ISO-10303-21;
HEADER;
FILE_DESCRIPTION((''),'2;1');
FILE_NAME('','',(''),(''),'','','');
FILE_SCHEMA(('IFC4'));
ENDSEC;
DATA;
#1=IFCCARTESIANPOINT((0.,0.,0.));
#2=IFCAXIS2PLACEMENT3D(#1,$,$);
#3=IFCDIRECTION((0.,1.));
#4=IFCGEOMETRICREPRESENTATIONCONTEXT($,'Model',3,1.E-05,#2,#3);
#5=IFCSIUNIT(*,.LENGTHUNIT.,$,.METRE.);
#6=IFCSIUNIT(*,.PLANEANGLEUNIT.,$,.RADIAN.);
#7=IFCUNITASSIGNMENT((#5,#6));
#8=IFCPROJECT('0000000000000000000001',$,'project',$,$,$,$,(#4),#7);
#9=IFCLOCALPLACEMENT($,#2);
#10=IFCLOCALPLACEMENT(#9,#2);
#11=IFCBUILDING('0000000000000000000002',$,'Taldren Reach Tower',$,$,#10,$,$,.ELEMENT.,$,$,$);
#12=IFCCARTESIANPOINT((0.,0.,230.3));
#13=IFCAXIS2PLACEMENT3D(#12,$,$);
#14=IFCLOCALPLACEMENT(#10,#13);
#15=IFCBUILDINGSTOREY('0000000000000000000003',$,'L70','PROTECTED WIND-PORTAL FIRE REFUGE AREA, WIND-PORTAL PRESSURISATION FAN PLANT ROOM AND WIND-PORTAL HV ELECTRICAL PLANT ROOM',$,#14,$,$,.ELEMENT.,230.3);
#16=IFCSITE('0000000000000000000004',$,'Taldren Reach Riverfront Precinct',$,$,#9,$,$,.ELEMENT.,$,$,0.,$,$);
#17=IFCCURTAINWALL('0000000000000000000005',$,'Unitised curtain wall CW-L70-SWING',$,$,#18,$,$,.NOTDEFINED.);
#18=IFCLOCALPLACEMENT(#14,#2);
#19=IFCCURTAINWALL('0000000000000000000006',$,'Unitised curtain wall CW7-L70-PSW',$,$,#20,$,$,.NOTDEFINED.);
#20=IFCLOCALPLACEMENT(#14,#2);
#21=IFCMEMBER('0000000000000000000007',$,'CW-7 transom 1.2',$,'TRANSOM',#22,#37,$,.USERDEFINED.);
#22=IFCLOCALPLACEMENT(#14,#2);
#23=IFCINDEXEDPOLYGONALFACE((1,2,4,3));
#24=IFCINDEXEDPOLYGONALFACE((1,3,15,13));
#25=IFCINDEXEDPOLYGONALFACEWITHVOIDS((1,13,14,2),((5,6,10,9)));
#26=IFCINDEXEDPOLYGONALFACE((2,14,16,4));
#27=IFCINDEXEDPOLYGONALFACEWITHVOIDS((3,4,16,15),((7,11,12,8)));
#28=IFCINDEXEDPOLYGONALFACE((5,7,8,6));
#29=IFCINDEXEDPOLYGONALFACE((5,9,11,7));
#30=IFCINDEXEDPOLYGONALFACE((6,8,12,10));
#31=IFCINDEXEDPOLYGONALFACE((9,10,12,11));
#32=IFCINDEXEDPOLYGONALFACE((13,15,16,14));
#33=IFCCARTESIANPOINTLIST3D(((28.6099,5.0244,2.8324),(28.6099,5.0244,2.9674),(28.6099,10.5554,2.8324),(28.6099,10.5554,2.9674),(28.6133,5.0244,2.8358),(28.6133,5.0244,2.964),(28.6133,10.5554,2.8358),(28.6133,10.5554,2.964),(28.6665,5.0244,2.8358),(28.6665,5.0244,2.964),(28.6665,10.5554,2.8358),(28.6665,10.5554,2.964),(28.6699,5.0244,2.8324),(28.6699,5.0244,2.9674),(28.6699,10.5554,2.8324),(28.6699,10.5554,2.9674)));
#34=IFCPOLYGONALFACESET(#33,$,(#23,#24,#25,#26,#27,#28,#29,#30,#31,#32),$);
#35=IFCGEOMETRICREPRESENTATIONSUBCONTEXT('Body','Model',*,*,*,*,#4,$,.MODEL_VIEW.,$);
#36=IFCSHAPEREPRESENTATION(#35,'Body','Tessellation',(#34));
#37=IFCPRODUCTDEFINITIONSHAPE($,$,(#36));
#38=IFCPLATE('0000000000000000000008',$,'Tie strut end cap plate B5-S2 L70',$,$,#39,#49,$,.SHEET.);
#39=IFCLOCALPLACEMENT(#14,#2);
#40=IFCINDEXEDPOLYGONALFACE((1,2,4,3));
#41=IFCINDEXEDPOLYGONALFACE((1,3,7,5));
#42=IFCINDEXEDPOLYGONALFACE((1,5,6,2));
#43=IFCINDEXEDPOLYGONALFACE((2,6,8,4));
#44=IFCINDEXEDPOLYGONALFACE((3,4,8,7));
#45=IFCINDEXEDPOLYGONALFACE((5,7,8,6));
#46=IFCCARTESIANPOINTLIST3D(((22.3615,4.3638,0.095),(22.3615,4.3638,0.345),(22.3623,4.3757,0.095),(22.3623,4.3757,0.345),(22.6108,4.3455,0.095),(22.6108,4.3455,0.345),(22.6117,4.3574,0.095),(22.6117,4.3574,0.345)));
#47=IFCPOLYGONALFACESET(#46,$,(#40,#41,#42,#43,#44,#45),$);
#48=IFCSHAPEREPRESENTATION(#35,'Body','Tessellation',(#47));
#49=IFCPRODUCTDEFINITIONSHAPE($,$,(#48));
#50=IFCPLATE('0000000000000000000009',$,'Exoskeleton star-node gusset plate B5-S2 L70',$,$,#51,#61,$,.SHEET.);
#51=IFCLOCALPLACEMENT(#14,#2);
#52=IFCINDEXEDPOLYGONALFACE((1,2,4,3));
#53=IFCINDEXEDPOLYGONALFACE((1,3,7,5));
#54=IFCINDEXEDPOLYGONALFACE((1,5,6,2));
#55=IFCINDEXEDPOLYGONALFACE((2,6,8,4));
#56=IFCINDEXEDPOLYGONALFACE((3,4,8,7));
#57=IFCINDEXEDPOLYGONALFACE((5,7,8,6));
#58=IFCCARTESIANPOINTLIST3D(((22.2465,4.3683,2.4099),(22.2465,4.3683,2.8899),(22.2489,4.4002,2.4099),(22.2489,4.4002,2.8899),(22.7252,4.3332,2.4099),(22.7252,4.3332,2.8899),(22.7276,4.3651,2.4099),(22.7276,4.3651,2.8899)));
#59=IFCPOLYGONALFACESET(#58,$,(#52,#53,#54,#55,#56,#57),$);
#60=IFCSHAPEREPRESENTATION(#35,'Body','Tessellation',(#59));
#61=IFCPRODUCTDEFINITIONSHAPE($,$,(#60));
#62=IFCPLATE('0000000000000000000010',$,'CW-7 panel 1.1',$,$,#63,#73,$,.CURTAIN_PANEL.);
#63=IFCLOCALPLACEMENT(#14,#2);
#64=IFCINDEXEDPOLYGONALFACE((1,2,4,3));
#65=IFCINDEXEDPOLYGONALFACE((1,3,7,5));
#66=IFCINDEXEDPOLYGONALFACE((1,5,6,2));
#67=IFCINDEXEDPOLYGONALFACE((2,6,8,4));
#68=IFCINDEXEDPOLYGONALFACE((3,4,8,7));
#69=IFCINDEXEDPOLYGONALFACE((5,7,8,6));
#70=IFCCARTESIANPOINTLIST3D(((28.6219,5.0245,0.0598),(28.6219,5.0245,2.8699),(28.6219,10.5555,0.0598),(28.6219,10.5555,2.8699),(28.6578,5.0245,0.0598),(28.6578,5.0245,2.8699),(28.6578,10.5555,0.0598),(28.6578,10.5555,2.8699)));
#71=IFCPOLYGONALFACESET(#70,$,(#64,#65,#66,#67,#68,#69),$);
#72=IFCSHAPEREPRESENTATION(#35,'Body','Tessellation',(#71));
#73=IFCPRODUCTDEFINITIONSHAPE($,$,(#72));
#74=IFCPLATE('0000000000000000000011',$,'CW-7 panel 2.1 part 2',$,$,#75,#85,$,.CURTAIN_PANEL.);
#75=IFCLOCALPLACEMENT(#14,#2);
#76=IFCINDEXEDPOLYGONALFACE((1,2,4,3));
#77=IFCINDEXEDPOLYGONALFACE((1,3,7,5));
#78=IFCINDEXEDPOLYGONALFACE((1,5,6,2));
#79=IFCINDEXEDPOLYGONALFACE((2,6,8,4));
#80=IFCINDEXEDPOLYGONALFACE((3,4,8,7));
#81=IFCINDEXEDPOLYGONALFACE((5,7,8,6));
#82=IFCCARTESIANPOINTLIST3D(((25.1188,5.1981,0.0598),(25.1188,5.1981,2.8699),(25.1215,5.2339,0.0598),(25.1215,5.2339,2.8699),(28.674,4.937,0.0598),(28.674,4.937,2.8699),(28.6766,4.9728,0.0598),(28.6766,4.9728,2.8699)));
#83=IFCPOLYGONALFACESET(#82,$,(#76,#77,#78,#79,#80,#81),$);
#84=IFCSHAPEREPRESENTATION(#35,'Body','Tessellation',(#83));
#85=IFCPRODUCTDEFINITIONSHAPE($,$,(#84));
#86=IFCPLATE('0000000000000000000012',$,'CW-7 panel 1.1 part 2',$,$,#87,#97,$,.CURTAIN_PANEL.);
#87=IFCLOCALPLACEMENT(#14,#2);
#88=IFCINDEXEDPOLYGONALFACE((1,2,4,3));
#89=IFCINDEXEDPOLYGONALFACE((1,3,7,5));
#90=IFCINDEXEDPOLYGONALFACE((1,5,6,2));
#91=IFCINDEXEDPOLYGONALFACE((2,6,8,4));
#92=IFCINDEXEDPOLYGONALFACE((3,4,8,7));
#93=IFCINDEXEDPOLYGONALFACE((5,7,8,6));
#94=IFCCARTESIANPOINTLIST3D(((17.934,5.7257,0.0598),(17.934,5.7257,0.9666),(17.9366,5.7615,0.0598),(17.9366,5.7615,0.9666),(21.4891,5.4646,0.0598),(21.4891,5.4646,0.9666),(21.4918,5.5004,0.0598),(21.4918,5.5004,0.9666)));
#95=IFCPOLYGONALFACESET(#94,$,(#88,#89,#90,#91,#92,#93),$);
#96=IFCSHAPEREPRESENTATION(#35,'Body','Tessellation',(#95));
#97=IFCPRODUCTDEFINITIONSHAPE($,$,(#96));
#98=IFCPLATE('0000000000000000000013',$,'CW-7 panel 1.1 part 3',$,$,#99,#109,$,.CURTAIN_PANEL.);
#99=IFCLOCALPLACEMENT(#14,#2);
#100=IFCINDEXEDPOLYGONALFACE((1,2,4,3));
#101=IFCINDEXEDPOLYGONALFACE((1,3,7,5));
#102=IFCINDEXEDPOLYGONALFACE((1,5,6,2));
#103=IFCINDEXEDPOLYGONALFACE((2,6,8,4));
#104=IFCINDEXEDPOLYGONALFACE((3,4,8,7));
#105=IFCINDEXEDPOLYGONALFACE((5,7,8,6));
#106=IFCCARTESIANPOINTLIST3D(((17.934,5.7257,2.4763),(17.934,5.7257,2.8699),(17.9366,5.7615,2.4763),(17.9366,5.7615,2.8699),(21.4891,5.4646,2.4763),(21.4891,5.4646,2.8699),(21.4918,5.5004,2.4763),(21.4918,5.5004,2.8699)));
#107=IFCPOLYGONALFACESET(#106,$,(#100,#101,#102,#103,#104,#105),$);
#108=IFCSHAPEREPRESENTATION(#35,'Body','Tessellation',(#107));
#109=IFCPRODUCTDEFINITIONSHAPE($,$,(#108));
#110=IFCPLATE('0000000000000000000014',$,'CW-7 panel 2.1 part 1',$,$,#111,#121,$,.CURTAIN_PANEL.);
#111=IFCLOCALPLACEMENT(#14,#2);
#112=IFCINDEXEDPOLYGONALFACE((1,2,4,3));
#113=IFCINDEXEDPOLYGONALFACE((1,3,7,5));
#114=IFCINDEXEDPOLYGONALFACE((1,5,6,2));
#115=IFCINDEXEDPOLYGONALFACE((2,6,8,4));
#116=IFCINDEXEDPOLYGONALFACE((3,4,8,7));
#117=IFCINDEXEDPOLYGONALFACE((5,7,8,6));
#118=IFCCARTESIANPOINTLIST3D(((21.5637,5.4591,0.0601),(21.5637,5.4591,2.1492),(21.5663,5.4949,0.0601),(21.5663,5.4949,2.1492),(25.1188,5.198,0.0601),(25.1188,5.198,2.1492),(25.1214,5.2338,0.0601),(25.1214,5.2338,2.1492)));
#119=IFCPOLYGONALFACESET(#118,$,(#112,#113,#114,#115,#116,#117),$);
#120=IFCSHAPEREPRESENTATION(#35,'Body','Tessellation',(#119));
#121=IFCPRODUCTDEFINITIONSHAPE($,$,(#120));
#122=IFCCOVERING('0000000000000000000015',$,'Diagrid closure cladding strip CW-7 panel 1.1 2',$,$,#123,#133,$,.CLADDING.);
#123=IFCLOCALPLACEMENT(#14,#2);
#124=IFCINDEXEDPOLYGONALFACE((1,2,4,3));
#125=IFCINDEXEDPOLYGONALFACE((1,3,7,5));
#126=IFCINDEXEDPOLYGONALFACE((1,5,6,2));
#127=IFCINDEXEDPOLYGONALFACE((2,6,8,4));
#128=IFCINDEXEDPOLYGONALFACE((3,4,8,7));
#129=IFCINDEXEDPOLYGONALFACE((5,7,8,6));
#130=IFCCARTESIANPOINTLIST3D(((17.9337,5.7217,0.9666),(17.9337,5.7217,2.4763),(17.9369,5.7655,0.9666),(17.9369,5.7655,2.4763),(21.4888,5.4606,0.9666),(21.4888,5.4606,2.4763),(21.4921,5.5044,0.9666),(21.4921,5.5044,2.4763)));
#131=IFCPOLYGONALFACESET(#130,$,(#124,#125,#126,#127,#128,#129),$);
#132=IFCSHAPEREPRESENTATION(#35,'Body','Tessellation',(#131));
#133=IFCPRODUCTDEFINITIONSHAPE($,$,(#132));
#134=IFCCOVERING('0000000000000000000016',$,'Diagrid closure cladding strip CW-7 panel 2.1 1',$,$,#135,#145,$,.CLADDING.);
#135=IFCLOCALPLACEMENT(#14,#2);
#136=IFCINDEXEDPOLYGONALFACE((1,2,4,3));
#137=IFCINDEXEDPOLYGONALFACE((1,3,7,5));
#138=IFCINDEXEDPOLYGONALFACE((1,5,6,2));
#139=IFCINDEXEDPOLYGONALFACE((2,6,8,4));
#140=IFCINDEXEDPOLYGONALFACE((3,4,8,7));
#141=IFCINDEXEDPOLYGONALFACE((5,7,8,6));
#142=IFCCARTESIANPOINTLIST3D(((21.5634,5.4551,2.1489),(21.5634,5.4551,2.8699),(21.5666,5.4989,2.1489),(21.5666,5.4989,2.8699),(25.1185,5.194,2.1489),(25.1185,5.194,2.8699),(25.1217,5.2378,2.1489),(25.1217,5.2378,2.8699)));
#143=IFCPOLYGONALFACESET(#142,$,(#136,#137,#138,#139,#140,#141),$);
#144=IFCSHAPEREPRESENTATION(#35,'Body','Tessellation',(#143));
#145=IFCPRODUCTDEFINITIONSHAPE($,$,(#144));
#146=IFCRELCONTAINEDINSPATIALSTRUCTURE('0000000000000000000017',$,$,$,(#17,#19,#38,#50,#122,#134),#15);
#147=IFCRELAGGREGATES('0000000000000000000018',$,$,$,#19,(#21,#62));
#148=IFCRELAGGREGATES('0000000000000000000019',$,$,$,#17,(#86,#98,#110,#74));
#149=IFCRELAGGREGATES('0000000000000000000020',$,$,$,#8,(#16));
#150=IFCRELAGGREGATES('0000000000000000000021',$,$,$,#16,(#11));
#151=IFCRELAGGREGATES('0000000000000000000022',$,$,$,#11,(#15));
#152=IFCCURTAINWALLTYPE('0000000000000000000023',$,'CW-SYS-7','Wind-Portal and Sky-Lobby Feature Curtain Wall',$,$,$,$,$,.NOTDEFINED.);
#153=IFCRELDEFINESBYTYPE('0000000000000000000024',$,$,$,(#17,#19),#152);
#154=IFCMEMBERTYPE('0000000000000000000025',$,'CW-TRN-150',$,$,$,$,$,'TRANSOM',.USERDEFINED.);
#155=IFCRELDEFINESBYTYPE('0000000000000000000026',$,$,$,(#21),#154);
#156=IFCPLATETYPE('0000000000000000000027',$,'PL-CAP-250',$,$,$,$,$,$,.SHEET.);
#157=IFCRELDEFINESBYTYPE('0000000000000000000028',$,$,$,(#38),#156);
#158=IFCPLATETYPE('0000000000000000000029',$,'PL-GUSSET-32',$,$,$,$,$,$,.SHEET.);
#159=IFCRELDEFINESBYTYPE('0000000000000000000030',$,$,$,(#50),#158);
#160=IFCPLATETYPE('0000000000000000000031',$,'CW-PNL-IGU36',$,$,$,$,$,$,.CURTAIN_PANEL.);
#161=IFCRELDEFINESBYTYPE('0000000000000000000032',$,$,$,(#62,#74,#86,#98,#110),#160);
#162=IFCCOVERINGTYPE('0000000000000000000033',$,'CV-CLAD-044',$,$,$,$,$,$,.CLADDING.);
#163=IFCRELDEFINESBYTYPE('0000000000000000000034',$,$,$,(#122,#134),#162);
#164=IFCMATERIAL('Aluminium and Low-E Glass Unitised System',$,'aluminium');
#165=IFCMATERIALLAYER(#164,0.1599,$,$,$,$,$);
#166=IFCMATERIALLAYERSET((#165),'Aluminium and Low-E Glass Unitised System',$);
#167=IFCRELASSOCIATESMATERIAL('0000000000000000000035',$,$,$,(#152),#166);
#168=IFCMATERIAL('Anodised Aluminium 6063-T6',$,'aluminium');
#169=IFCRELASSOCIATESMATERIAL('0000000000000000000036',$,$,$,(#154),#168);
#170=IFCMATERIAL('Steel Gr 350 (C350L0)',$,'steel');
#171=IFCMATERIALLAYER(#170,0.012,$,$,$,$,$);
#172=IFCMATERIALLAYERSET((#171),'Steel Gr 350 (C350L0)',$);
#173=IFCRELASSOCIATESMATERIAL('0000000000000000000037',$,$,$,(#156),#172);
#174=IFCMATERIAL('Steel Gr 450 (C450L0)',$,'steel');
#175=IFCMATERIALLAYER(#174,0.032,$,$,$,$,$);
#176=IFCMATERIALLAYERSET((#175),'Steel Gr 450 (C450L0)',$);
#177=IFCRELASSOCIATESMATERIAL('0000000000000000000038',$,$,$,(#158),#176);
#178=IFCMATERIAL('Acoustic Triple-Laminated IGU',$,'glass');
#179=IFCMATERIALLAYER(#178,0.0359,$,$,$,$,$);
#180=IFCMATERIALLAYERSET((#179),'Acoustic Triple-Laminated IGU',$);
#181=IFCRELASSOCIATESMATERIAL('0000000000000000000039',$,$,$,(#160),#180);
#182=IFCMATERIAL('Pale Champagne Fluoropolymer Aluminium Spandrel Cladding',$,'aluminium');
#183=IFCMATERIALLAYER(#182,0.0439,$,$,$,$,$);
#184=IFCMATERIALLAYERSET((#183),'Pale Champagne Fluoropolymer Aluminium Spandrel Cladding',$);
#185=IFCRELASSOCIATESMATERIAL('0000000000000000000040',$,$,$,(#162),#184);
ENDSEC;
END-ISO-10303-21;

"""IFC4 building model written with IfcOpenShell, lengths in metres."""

from ifc_helpers import new_model, si_unit, direction, frame, origin, origin_2d, place, context, subcontext, project, spatial, rectangle, hollow_rectangle, extrude, source, transform, mapped, material, layer, layer_set, material_profile, profile_set, type_object, element, aggregate, save


model = new_model("IFC4")

# Units and contexts
model_context = context("Model", 3, precision=1e-05, world=origin(), true_north=direction((0.0, 1.0)))
body_context = subcontext(model_context, "Body", "Model", "MODEL_VIEW")
ifc_project = project(units=[si_unit("LENGTHUNIT", "METRE"), si_unit("PLANEANGLEUNIT", "RADIAN")], contexts=[model_context])

# Site, building, storey
site_placement = place(None, origin())
site = spatial("IfcSite", under=ifc_project, at=site_placement, Name="Taldren Reach Riverfront Precinct", CompositionType="ELEMENT", RefElevation=0.0)
building_placement = place(site_placement, origin())
building = spatial("IfcBuilding", under=site, at=building_placement, Name="Taldren Reach Tower", CompositionType="ELEMENT")
storey_placement = place(building_placement, frame((0.0, 0.0, 230.3)))
storey = spatial("IfcBuildingStorey", under=building, at=storey_placement, Name="L70", Description="PROTECTED WIND-PORTAL FIRE REFUGE AREA, WIND-PORTAL PRESSURISATION FAN PLANT ROOM AND WIND-PORTAL HV ELECTRICAL PLANT ROOM", CompositionType="ELEMENT", Elevation=230.3)

# Shared definitions
ifc_material_1 = material(Name="Steel Gr 350 (C350L0)", Category="steel")

# Shared definitions
ifc_material_2 = material(Name="Steel Gr 450 (C450L0)", Category="steel")

# Curtain wall
ifc_material_3 = material(Name="Aluminium and Low-E Glass Unitised System", Category="aluminium")
ifc_layer_1 = layer(ifc_material_3, 0.1599)
ifc_layer_set_1 = layer_set([ifc_layer_1], Name="Aluminium and Low-E Glass Unitised System")
curtain_wall_type = type_object("IfcCurtainWallType", Name="CW-SYS-7", Description="Wind-Portal and Sky-Lobby Feature Curtain Wall", PredefinedType="NOTDEFINED", material=ifc_layer_set_1)
curtain_wall_1_placement = place(storey_placement, origin())
curtain_wall_1 = element("IfcCurtainWall", 1, at=curtain_wall_1_placement, inside=storey, type_object=curtain_wall_type, Name="Unitised curtain wall CW-L70-SWING", PredefinedType="NOTDEFINED")
ifc_material_4 = material(Name="Anodised Aluminium 6063-T6", Category="aluminium")

# Curtain wall
curtain_wall_2_placement = place(storey_placement, origin())
curtain_wall_2 = element("IfcCurtainWall", 2, at=curtain_wall_2_placement, inside=storey, type_object=curtain_wall_type, Name="Unitised curtain wall CW7-L70-PSW", PredefinedType="NOTDEFINED")

# Member
ifc_material_profile_1 = material_profile(ifc_material_4, hollow_rectangle(XDim=0.0601, YDim=0.135, WallThickness=0.0034, at=origin_2d()), Name="ALU-135x60x3.5RHS")
ifc_profile_set_1 = profile_set([ifc_material_profile_1], Name="Anodised Aluminium 6063-T6")
member_type_1 = type_object("IfcMemberType", Name="CW-TRN-150", ElementType="TRANSOM", PredefinedType="USERDEFINED", material=ifc_profile_set_1)
shared_shape_1 = source(origin(), body_context, "Body", "SweptSolid", [
    extrude(hollow_rectangle(XDim=0.0601, YDim=0.135, WallThickness=0.0034, at=origin_2d()), origin(), (0.0, 0.0, 1.0), 5.531),
])
member_1_placement = place(storey_placement, frame((28.6399, 5.0244, 2.8999), z_axis=(0.0, 1.0, 0.0), x_axis=(-1.0, 0.0, 0.0)))
member_1 = element("IfcMember", 3, at=member_1_placement, type_object=member_type_1, Name="CW-7 transom 1.2", ObjectType="TRANSOM", PredefinedType="USERDEFINED", context=body_context, shape_type="MappedRepresentation", body=[
    mapped(shared_shape_1, transform((0.0, 0.0, 0.0), scale=1.0)),
])

# Plates
ifc_layer_2 = layer(ifc_material_1, 0.012)
ifc_layer_set_2 = layer_set([ifc_layer_2], Name="Steel Gr 350 (C350L0)")
plate_type_1 = type_object("IfcPlateType", Name="PL-CAP-250", PredefinedType="SHEET", material=ifc_layer_set_2)
shared_shape_2 = source(origin(), body_context, "Body", "SweptSolid", [
    extrude(rectangle(XDim=0.25, YDim=0.012, at=origin_2d()), origin(), (0.0, 0.0, 1.0), 0.25),
])
plate_1_placement = place(storey_placement, frame((22.4866, 4.3606, 0.095), z_axis=(0.0, 0.0, 1.0), x_axis=(0.997314, -0.073238, 0.0)))
element("IfcPlate", 4, at=plate_1_placement, inside=storey, type_object=plate_type_1, Name="Tie strut end cap plate B5-S2 L70", PredefinedType="SHEET", context=body_context, shape_type="MappedRepresentation", body=[
    mapped(shared_shape_2, transform((0.0, 0.0, 0.0), scale=1.0)),
])
ifc_layer_3 = layer(ifc_material_2, 0.032)
ifc_layer_set_3 = layer_set([ifc_layer_3], Name="Steel Gr 450 (C450L0)")
plate_type_2 = type_object("IfcPlateType", Name="PL-GUSSET-32", PredefinedType="SHEET", material=ifc_layer_set_3)
shared_shape_3 = source(origin(), body_context, "Body", "SweptSolid", [
    extrude(rectangle(XDim=0.48, YDim=0.032, at=origin_2d()), origin(), (0.0, 0.0, 1.0), 0.48),
])
plate_2_placement = place(storey_placement, frame((22.4871, 4.3667, 2.4099), z_axis=(0.0, 0.0, 1.0), x_axis=(0.997314, -0.073238, 0.0)))
element("IfcPlate", 5, at=plate_2_placement, inside=storey, type_object=plate_type_2, Name="Exoskeleton star-node gusset plate B5-S2 L70", PredefinedType="SHEET", context=body_context, shape_type="MappedRepresentation", body=[
    mapped(shared_shape_3, transform((0.0, 0.0, 0.0), scale=1.0)),
])

# Plates
ifc_material_5 = material(Name="Acoustic Triple-Laminated IGU", Category="glass")
ifc_layer_4 = layer(ifc_material_5, 0.0359)
ifc_layer_set_4 = layer_set([ifc_layer_4], Name="Acoustic Triple-Laminated IGU")
plate_type_3 = type_object("IfcPlateType", Name="CW-PNL-IGU36", PredefinedType="CURTAIN_PANEL", material=ifc_layer_set_4)
shared_shape_4 = source(origin(), body_context, "Body", "SweptSolid", [
    extrude(rectangle(XDim=5.531, YDim=0.0359, at=origin_2d()), origin(), (0.0, 0.0, 1.0), 2.8101),
])
plate_3_placement = place(storey_placement, frame((28.6399, 7.79, 0.0598), z_axis=(0.0, 0.0, 1.0), x_axis=(0.0, 1.0, 0.0)))
plate_3 = element("IfcPlate", 6, at=plate_3_placement, type_object=plate_type_3, Name="CW-7 panel 1.1", PredefinedType="CURTAIN_PANEL", context=body_context, shape_type="MappedRepresentation", body=[
    mapped(shared_shape_4, transform((0.0, 0.0, 0.0), scale=1.0)),
])
aggregate(curtain_wall_2, [member_1, plate_3])
shared_shape_5 = source(origin(), body_context, "Body", "SweptSolid", [
    extrude(rectangle(XDim=3.5647, YDim=0.0359, at=origin_2d()), origin(), (0.0, 0.0, 1.0), 2.8101),
])
plate_4_placement = place(storey_placement, frame((26.8977, 5.0854, 0.0598), z_axis=(0.0, 0.0, 1.0), x_axis=(0.997314, -0.073238, 0.0)))
plate_4 = element("IfcPlate", 7, at=plate_4_placement, type_object=plate_type_3, Name="CW-7 panel 2.1 part 2", PredefinedType="CURTAIN_PANEL", context=body_context, shape_type="MappedRepresentation", body=[
    mapped(shared_shape_5, transform((0.0, 0.0, 0.0), scale=1.0)),
])
shared_shape_6 = source(origin(), body_context, "Body", "SweptSolid", [
    extrude(rectangle(XDim=3.5647, YDim=0.0359, at=origin_2d()), origin(), (0.0, 0.0, 1.0), 0.9067),
])
plate_5_placement = place(storey_placement, frame((19.7129, 5.613, 0.0598), z_axis=(0.0, 0.0, 1.0), x_axis=(0.997314, -0.073238, 0.0)))
plate_5 = element("IfcPlate", 8, at=plate_5_placement, type_object=plate_type_3, Name="CW-7 panel 1.1 part 2", PredefinedType="CURTAIN_PANEL", context=body_context, shape_type="MappedRepresentation", body=[
    mapped(shared_shape_6, transform((0.0, 0.0, 0.0), scale=1.0)),
])
shared_shape_7 = source(origin(), body_context, "Body", "SweptSolid", [
    extrude(rectangle(XDim=3.5647, YDim=0.0359, at=origin_2d()), origin(), (0.0, 0.0, 1.0), 0.3936),
])
plate_6_placement = place(storey_placement, frame((19.7129, 5.613, 2.4763), z_axis=(0.0, 0.0, 1.0), x_axis=(0.997314, -0.073238, 0.0)))
plate_6 = element("IfcPlate", 9, at=plate_6_placement, type_object=plate_type_3, Name="CW-7 panel 1.1 part 3", PredefinedType="CURTAIN_PANEL", context=body_context, shape_type="MappedRepresentation", body=[
    mapped(shared_shape_7, transform((0.0, 0.0, 0.0), scale=1.0)),
])
shared_shape_8 = source(origin(), body_context, "Body", "SweptSolid", [
    extrude(rectangle(XDim=3.5647, YDim=0.0359, at=origin_2d()), origin(), (0.0, 0.0, 1.0), 2.0891),
])
plate_7_placement = place(storey_placement, frame((23.3425, 5.3464, 0.0601), z_axis=(0.0, 0.0, 1.0), x_axis=(0.997314, -0.073238, 0.0)))
plate_7 = element("IfcPlate", 10, at=plate_7_placement, type_object=plate_type_3, Name="CW-7 panel 2.1 part 1", PredefinedType="CURTAIN_PANEL", context=body_context, shape_type="MappedRepresentation", body=[
    mapped(shared_shape_8, transform((0.0, 0.0, 0.0), scale=1.0)),
])
aggregate(curtain_wall_1, [plate_5, plate_6, plate_7, plate_4])

# Coverings
ifc_material_6 = material(Name="Pale Champagne Fluoropolymer Aluminium Spandrel Cladding", Category="aluminium")
ifc_layer_5 = layer(ifc_material_6, 0.0439)
ifc_layer_set_5 = layer_set([ifc_layer_5], Name="Pale Champagne Fluoropolymer Aluminium Spandrel Cladding")
covering_type = type_object("IfcCoveringType", Name="CV-CLAD-044", PredefinedType="CLADDING", material=ifc_layer_set_5)
shared_shape_9 = source(origin(), body_context, "Body", "SweptSolid", [
    extrude(rectangle(XDim=3.5647, YDim=0.0439, at=origin_2d()), origin(), (0.0, 0.0, 1.0), 1.5098),
])
covering_1_placement = place(storey_placement, frame((19.7129, 5.613, 0.9666), z_axis=(0.0, 0.0, 1.0), x_axis=(0.997314, -0.073238, 0.0)))
element("IfcCovering", 11, at=covering_1_placement, inside=storey, type_object=covering_type, Name="Diagrid closure cladding strip CW-7 panel 1.1 2", PredefinedType="CLADDING", context=body_context, shape_type="MappedRepresentation", body=[
    mapped(shared_shape_9, transform((0.0, 0.0, 0.0), scale=1.0)),
])
shared_shape_10 = source(origin(), body_context, "Body", "SweptSolid", [
    extrude(rectangle(XDim=3.5647, YDim=0.0439, at=origin_2d()), origin(), (0.0, 0.0, 1.0), 0.7209),
])
covering_2_placement = place(storey_placement, frame((23.3425, 5.3464, 2.1489), z_axis=(0.0, 0.0, 1.0), x_axis=(0.997314, -0.073238, 0.0)))
element("IfcCovering", 12, at=covering_2_placement, inside=storey, type_object=covering_type, Name="Diagrid closure cladding strip CW-7 panel 2.1 1", PredefinedType="CLADDING", context=body_context, shape_type="MappedRepresentation", body=[
    mapped(shared_shape_10, transform((0.0, 0.0, 0.0), scale=1.0)),
])

save(model, "model.ifc")
